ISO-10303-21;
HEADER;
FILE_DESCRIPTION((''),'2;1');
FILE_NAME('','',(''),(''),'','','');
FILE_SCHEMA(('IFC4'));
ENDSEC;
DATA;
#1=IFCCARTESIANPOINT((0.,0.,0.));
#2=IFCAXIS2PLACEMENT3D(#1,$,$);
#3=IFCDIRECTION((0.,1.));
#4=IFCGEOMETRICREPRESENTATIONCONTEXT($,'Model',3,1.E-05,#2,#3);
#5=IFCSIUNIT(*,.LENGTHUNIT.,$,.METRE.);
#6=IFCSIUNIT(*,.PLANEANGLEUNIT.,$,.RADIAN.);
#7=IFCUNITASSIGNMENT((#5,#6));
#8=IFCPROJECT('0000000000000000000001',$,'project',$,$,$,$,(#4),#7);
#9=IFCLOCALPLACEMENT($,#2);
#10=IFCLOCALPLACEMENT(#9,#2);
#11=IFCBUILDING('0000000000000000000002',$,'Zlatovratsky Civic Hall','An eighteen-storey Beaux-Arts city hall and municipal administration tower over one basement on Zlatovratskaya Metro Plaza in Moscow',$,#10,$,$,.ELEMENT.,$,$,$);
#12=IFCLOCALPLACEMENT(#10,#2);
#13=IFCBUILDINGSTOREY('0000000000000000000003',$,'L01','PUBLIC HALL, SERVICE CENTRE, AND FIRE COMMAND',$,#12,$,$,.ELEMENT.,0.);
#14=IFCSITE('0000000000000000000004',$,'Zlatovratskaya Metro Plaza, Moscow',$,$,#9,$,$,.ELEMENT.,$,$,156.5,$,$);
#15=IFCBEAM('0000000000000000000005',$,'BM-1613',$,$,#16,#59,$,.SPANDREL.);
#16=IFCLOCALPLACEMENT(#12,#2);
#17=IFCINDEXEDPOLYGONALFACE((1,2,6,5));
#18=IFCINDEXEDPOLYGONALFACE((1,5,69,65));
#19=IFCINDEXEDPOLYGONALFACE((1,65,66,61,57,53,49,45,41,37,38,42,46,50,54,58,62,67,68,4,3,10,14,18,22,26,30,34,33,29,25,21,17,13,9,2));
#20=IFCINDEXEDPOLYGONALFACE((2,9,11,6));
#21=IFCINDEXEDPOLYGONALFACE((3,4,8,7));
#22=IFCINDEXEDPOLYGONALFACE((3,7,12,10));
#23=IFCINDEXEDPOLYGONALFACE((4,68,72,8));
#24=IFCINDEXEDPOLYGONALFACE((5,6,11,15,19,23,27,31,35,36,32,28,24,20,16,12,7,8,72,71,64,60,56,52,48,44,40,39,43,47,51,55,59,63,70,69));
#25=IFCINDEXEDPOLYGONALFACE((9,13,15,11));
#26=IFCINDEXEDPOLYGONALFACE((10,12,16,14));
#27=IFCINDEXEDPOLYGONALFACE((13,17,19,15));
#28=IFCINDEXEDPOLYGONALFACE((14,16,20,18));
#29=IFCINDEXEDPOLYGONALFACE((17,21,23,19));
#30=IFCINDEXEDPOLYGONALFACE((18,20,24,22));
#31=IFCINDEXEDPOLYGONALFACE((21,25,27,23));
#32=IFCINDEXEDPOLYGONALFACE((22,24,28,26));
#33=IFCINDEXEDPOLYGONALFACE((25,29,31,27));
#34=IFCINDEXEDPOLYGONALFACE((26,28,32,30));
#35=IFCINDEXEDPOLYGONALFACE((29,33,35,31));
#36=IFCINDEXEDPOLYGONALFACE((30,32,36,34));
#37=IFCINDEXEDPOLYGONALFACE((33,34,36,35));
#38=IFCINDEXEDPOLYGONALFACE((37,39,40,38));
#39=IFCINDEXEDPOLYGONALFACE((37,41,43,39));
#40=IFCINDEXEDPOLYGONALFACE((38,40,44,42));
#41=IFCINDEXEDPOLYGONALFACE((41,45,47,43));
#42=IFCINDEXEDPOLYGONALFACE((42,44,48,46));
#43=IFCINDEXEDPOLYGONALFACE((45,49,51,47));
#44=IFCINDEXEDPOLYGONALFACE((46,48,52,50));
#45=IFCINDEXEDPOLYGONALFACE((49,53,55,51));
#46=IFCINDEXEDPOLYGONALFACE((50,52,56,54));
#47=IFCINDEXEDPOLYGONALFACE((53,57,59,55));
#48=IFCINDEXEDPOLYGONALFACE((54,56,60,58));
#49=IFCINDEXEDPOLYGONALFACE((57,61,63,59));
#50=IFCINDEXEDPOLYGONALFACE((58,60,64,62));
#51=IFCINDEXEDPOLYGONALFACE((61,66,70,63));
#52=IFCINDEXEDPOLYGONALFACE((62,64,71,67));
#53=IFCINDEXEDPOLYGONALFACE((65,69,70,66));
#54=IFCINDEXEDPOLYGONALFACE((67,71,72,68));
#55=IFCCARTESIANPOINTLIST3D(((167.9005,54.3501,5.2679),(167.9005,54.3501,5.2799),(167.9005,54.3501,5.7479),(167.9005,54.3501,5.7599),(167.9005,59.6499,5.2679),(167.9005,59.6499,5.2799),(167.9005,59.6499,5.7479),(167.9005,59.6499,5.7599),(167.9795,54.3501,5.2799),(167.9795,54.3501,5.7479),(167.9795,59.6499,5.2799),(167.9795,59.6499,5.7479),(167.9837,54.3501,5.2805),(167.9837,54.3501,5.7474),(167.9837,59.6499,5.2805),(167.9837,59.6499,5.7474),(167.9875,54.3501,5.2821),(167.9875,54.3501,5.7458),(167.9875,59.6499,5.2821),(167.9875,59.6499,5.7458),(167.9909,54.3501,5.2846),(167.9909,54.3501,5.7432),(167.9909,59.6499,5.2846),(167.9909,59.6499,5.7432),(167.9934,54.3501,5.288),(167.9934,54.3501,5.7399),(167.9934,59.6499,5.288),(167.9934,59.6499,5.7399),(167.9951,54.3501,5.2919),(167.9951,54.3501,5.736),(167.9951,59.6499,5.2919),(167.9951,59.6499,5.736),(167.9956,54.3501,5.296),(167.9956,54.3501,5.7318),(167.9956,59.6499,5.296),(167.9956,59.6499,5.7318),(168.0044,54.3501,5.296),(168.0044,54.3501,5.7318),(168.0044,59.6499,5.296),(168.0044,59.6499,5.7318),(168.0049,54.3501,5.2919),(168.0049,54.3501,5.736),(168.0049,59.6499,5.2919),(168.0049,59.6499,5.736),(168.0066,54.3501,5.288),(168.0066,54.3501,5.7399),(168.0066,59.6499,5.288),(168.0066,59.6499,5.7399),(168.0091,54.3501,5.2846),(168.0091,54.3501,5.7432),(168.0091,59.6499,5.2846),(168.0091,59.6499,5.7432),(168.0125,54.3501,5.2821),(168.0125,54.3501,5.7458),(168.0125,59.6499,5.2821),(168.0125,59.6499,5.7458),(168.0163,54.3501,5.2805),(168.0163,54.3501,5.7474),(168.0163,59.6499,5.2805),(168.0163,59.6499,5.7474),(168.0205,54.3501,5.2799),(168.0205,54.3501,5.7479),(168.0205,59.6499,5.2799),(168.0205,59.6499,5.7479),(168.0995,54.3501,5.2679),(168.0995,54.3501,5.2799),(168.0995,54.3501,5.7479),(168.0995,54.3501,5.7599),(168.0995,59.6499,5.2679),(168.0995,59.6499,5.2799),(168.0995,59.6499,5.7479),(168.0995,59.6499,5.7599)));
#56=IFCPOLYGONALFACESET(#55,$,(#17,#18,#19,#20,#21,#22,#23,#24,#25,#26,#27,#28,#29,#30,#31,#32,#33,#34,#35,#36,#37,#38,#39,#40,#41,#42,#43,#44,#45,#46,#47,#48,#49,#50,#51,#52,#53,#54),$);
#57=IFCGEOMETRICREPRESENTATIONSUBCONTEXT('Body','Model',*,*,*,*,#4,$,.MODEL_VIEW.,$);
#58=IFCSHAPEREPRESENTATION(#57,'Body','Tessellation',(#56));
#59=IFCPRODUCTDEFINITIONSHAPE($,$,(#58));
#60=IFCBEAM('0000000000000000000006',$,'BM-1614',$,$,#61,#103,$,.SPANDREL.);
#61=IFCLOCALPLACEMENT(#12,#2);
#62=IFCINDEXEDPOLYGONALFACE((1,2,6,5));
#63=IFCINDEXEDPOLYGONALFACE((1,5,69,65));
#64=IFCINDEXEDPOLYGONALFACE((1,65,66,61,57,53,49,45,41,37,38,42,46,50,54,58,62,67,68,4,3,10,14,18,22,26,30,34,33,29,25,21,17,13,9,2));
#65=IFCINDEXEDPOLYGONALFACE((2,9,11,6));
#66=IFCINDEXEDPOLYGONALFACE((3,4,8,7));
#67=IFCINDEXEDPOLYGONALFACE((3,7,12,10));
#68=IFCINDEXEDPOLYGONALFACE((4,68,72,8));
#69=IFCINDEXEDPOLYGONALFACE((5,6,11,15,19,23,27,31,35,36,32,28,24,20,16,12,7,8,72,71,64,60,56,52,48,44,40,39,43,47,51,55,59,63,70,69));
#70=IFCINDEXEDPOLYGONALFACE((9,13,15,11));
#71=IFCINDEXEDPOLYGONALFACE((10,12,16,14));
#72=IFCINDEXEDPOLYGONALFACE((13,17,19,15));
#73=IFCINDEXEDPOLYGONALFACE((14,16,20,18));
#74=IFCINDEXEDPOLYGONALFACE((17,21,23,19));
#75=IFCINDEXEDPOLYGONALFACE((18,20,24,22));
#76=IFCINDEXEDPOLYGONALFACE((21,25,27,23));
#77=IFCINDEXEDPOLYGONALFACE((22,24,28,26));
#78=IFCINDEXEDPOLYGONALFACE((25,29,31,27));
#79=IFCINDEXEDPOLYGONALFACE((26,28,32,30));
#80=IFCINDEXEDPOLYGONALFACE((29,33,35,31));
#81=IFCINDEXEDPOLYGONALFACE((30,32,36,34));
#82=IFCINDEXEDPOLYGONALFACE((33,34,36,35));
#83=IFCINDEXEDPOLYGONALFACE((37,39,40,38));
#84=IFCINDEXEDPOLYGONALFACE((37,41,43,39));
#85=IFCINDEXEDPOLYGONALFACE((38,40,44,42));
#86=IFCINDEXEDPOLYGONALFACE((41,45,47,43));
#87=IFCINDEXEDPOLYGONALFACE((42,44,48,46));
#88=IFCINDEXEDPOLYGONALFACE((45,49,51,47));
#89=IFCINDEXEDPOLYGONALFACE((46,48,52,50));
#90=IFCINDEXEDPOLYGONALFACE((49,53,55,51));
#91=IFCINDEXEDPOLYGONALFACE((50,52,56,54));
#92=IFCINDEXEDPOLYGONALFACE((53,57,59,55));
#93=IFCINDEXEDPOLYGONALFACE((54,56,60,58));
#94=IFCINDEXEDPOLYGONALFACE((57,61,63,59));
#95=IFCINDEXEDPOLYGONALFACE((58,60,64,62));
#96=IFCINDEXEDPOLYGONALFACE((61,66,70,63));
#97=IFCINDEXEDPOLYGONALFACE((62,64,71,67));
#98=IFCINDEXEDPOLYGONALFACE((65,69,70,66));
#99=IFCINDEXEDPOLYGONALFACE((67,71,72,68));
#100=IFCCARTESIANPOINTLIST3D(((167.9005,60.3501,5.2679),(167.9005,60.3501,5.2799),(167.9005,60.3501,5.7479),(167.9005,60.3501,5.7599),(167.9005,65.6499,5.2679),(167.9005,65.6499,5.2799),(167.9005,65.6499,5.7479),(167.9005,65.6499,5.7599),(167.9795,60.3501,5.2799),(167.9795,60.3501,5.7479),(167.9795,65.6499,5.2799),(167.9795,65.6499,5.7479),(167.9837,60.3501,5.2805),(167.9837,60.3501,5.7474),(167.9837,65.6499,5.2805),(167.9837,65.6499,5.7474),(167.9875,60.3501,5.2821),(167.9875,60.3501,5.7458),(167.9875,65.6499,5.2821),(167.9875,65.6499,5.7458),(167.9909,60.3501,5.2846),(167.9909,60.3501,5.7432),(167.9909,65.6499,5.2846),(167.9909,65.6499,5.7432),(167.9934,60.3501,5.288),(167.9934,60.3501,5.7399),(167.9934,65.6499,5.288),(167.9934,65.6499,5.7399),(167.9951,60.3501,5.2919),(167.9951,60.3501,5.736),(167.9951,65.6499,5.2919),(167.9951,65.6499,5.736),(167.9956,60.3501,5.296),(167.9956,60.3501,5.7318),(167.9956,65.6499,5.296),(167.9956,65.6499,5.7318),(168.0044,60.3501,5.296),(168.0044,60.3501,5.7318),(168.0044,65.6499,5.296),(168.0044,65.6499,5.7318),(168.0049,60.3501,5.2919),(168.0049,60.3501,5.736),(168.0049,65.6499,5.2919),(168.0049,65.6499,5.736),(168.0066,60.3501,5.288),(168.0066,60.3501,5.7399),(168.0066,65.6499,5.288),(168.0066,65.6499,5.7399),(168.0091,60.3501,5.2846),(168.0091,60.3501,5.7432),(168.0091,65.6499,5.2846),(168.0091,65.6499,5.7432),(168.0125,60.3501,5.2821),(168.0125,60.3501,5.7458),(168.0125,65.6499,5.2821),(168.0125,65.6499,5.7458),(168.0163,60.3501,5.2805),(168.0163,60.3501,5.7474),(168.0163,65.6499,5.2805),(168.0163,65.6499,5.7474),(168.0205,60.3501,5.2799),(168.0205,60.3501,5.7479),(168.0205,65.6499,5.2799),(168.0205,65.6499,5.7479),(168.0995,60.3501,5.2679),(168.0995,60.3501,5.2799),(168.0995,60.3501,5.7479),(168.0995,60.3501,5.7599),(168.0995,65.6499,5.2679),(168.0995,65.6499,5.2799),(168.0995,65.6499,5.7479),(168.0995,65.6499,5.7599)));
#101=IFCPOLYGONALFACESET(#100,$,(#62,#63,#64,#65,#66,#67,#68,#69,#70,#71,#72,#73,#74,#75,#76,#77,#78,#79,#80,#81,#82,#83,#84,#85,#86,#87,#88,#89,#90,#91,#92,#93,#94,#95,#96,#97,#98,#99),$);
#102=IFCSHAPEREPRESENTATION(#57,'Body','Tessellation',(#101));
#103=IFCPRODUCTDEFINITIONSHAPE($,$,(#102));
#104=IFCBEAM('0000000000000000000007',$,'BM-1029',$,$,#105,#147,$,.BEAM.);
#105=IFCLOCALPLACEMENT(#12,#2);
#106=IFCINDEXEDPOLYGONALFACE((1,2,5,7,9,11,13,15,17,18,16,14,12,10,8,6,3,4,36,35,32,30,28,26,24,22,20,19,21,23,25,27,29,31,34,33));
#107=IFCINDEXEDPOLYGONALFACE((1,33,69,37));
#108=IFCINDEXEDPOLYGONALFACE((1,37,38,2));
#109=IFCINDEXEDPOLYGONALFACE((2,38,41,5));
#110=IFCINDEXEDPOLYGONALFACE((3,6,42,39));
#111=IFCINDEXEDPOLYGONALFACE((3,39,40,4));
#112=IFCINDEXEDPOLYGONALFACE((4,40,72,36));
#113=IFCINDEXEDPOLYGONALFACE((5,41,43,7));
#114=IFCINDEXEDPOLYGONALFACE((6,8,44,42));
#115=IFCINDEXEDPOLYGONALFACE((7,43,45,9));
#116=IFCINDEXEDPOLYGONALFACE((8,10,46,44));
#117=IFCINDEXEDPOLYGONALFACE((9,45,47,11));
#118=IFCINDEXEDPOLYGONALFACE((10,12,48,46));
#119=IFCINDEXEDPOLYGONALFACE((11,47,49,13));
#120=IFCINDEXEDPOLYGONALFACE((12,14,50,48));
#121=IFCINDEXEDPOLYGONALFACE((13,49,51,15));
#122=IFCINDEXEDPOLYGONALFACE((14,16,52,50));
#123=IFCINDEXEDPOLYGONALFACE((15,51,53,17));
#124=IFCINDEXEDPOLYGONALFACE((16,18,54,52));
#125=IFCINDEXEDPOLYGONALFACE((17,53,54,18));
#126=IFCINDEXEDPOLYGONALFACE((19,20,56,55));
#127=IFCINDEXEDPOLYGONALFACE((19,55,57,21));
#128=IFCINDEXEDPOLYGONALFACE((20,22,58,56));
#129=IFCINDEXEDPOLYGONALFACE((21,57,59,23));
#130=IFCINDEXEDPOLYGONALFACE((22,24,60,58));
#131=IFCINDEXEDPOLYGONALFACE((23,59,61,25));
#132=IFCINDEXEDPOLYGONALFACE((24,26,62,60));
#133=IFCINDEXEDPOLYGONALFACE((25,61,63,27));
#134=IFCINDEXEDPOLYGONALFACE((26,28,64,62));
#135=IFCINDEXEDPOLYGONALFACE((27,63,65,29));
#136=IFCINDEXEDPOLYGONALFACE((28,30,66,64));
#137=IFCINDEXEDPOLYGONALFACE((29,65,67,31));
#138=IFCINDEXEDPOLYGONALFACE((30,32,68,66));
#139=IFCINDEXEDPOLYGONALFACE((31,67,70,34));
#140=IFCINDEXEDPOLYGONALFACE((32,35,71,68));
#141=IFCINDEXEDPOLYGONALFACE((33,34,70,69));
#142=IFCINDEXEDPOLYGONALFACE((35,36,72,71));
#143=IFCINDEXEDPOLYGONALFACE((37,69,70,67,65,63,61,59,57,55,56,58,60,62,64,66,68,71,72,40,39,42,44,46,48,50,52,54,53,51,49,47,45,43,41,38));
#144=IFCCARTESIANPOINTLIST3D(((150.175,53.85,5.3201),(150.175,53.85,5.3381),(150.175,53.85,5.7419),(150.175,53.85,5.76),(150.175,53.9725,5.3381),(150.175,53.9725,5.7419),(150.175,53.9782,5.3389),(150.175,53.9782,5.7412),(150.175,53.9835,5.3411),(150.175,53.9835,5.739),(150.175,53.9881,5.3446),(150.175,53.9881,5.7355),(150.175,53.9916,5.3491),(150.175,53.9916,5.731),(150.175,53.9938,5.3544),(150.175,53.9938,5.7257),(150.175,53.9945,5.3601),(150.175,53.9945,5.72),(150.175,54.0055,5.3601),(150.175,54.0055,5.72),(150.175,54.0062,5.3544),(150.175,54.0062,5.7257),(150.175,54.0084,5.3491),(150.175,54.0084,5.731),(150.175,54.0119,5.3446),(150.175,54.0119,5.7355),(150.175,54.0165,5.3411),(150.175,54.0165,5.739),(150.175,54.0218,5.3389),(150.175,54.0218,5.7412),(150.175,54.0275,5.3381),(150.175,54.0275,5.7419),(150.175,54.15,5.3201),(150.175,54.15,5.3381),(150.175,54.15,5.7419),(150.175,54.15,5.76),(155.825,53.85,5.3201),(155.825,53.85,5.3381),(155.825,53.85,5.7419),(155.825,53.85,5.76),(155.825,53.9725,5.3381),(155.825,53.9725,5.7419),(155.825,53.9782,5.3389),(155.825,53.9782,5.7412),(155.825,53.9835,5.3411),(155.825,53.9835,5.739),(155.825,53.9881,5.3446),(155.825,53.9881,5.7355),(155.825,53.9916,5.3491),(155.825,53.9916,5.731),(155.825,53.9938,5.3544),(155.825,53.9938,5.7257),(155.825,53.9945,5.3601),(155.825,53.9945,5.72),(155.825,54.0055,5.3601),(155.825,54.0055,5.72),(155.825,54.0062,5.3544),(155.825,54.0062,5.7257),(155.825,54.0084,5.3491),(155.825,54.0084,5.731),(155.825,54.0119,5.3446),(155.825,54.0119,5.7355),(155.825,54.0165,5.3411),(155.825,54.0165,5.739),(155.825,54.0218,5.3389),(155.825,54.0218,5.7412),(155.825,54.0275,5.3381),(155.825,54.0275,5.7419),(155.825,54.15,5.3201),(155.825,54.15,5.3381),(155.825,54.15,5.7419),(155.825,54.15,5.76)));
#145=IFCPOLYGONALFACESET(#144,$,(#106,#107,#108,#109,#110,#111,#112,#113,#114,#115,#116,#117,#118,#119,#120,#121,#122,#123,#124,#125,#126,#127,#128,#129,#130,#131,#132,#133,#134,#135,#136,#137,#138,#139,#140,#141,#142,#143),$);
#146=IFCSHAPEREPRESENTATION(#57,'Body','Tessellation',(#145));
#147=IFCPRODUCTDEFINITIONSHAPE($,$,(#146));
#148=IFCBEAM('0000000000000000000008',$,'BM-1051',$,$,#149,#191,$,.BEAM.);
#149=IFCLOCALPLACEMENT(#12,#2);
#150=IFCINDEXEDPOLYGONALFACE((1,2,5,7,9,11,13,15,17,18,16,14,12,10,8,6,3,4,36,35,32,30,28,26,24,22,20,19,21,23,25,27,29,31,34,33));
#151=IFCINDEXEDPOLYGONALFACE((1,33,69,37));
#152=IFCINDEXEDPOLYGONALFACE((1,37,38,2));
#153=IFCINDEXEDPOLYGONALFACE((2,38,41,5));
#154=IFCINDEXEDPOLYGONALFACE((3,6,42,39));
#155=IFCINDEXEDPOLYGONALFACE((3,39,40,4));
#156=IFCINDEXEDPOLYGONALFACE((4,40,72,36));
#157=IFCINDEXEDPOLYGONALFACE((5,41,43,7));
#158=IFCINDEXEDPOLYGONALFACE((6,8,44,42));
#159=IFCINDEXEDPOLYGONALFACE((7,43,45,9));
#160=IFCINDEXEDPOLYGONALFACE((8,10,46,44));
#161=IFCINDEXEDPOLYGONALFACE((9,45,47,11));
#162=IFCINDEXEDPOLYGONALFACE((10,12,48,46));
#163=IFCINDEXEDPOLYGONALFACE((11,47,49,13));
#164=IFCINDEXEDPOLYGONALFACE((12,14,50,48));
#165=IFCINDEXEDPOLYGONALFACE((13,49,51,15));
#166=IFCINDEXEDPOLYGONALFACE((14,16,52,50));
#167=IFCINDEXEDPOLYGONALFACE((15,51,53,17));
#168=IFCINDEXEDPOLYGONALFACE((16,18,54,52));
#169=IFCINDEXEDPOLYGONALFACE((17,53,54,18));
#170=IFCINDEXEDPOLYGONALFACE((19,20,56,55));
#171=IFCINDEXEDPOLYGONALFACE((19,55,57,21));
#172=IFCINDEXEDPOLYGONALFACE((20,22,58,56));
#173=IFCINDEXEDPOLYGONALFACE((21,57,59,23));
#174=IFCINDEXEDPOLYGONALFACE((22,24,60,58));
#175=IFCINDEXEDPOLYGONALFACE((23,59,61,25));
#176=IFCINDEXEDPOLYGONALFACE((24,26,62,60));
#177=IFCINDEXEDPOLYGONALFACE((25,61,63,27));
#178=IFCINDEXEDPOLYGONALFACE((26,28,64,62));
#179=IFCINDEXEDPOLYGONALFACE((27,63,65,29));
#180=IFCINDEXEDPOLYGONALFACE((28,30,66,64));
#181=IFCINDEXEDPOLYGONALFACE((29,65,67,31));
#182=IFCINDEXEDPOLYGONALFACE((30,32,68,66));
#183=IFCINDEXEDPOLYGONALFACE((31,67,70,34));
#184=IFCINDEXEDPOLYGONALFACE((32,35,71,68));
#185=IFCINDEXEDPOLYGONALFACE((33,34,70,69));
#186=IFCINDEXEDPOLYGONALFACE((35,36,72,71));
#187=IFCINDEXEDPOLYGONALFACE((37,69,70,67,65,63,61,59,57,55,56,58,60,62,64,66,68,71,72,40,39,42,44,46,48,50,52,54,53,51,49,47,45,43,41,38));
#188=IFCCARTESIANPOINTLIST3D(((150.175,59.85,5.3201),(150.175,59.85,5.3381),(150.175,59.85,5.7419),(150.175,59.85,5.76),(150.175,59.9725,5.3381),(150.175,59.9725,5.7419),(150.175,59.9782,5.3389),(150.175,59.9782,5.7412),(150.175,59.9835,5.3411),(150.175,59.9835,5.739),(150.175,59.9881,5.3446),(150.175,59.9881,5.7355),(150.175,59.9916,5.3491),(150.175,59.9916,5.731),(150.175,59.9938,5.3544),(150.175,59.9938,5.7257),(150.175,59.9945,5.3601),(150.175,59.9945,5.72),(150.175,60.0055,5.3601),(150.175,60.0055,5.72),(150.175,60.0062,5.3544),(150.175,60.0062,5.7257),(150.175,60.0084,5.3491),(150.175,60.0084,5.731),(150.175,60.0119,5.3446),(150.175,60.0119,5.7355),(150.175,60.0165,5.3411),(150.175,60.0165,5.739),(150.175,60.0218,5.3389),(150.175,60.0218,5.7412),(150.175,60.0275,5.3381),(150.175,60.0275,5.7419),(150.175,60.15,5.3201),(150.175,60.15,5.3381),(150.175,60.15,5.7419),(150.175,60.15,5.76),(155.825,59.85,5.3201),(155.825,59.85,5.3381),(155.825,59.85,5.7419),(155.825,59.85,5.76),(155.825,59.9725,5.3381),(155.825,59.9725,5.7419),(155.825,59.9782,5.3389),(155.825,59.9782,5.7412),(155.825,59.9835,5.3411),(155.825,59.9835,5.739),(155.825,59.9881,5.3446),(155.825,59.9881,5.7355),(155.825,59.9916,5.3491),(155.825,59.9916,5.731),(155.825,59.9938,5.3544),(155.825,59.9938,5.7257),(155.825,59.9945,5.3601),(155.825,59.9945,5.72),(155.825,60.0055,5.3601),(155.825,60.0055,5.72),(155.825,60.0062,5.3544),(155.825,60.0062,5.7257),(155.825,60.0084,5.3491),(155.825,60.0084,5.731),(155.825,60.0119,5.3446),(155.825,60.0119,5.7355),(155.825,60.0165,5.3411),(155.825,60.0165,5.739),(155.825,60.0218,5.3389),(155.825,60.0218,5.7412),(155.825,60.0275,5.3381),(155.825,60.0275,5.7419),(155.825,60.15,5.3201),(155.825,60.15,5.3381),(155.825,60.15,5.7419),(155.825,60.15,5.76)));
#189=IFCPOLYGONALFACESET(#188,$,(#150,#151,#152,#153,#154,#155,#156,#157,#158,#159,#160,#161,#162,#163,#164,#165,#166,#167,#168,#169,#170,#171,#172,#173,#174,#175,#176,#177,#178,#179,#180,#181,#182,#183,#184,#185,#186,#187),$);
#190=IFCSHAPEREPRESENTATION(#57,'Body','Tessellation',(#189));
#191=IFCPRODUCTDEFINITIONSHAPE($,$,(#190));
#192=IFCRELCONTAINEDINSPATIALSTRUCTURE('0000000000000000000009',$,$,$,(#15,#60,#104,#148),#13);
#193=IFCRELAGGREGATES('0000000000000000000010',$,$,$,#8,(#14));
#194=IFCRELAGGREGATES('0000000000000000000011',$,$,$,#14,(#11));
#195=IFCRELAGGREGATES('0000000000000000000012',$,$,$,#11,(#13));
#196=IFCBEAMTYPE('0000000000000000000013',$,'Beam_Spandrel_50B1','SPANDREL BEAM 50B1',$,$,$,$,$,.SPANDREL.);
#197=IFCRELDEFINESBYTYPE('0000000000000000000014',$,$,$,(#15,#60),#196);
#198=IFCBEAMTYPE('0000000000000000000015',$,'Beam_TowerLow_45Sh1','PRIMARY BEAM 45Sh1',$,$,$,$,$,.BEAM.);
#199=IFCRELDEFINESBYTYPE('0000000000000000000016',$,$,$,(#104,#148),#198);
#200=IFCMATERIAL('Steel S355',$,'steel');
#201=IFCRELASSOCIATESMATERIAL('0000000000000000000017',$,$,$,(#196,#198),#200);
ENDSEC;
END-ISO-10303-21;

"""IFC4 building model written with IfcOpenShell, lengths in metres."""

from ifc_helpers import new_model, si_unit, direction, frame, origin, origin_2d, place, context, subcontext, project, spatial, i_section, extrude, material, material_profile, profile_set, type_object, element, save


model = new_model("IFC4")

# Units and contexts
model_context = context("Model", 3, precision=1e-05, world=origin(), true_north=direction((0.0, 1.0)))
body_context = subcontext(model_context, "Body", "Model", "MODEL_VIEW")
ifc_project = project(units=[si_unit("LENGTHUNIT", "METRE"), si_unit("PLANEANGLEUNIT", "RADIAN")], contexts=[model_context])

# Site, building, storey
site_placement = place(None, origin())
site = spatial("IfcSite", under=ifc_project, at=site_placement, Name="Zlatovratskaya Metro Plaza, Moscow", CompositionType="ELEMENT", RefElevation=156.5)
building_placement = place(site_placement, origin())
building = spatial("IfcBuilding", under=site, at=building_placement, Name="Zlatovratsky Civic Hall", Description="An eighteen-storey Beaux-Arts city hall and municipal administration tower over one basement on Zlatovratskaya Metro Plaza in Moscow", CompositionType="ELEMENT")
storey_placement = place(building_placement, origin())
storey = spatial("IfcBuildingStorey", under=building, at=storey_placement, Name="L01", Description="PUBLIC HALL, SERVICE CENTRE, AND FIRE COMMAND", CompositionType="ELEMENT", Elevation=0.0)

# Shared definitions
ifc_material_1 = material(Name="Steel S355", Category="steel")

# Beams
ifc_material_profile_1 = material_profile(ifc_material_1, i_section(OverallWidth=0.199, OverallDepth=0.4919, WebThickness=0.0088, FlangeThickness=0.012, FilletRadius=0.0161, at=origin_2d()), Name="50B1")
ifc_profile_set_1 = profile_set([ifc_material_profile_1], Name="Steel S355")
beam_type_1 = type_object("IfcBeamType", Name="Beam_Spandrel_50B1", Description="SPANDREL BEAM 50B1", PredefinedType="SPANDREL", material=ifc_profile_set_1)
for number, where, z_axis, x_axis, name in (
    (1, (168.0, 54.3501, 5.5139), (0.0, 1.0, 0.0), (-1.0, 0.0, 0.0), "BM-1613"),
    (2, (168.0, 60.3501, 5.5139), (0.0, 1.0, 0.0), (-1.0, 0.0, 0.0), "BM-1614"),
):
    element("IfcBeam", number, at=place(storey_placement, frame(where, z_axis=z_axis, x_axis=x_axis)), inside=storey, type_object=beam_type_1, Name=name, PredefinedType="SPANDREL", context=body_context, shape_type="SweptSolid", body=[
        extrude(i_section(OverallWidth=0.199, OverallDepth=0.4919, WebThickness=0.0088, FlangeThickness=0.012, FilletRadius=0.0161, at=origin_2d()), origin(), (0.0, 0.0, 1.0), 5.2998),
    ])
ifc_material_profile_2 = material_profile(ifc_material_1, i_section(OverallWidth=0.3, OverallDepth=0.4399, WebThickness=0.011, FlangeThickness=0.0181, FilletRadius=0.022, at=origin_2d()), Name="45Sh1")
ifc_profile_set_2 = profile_set([ifc_material_profile_2], Name="Steel S355")
beam_type_2 = type_object("IfcBeamType", Name="Beam_TowerLow_45Sh1", Description="PRIMARY BEAM 45Sh1", PredefinedType="BEAM", material=ifc_profile_set_2)
for number, where, z_axis, x_axis, name in (
    (3, (150.175, 54.0, 5.54), (1.0, 0.0, 0.0), (0.0, 1.0, 0.0), "BM-1029"),
    (4, (150.175, 60.0, 5.54), (1.0, 0.0, 0.0), (0.0, 1.0, 0.0), "BM-1051"),
):
    element("IfcBeam", number, at=place(storey_placement, frame(where, z_axis=z_axis, x_axis=x_axis)), inside=storey, type_object=beam_type_2, Name=name, PredefinedType="BEAM", context=body_context, shape_type="SweptSolid", body=[
        extrude(i_section(OverallWidth=0.3, OverallDepth=0.4399, WebThickness=0.011, FlangeThickness=0.0181, FilletRadius=0.022, at=origin_2d()), origin(), (0.0, 0.0, 1.0), 5.6499),
    ])

save(model, "model.ifc")
